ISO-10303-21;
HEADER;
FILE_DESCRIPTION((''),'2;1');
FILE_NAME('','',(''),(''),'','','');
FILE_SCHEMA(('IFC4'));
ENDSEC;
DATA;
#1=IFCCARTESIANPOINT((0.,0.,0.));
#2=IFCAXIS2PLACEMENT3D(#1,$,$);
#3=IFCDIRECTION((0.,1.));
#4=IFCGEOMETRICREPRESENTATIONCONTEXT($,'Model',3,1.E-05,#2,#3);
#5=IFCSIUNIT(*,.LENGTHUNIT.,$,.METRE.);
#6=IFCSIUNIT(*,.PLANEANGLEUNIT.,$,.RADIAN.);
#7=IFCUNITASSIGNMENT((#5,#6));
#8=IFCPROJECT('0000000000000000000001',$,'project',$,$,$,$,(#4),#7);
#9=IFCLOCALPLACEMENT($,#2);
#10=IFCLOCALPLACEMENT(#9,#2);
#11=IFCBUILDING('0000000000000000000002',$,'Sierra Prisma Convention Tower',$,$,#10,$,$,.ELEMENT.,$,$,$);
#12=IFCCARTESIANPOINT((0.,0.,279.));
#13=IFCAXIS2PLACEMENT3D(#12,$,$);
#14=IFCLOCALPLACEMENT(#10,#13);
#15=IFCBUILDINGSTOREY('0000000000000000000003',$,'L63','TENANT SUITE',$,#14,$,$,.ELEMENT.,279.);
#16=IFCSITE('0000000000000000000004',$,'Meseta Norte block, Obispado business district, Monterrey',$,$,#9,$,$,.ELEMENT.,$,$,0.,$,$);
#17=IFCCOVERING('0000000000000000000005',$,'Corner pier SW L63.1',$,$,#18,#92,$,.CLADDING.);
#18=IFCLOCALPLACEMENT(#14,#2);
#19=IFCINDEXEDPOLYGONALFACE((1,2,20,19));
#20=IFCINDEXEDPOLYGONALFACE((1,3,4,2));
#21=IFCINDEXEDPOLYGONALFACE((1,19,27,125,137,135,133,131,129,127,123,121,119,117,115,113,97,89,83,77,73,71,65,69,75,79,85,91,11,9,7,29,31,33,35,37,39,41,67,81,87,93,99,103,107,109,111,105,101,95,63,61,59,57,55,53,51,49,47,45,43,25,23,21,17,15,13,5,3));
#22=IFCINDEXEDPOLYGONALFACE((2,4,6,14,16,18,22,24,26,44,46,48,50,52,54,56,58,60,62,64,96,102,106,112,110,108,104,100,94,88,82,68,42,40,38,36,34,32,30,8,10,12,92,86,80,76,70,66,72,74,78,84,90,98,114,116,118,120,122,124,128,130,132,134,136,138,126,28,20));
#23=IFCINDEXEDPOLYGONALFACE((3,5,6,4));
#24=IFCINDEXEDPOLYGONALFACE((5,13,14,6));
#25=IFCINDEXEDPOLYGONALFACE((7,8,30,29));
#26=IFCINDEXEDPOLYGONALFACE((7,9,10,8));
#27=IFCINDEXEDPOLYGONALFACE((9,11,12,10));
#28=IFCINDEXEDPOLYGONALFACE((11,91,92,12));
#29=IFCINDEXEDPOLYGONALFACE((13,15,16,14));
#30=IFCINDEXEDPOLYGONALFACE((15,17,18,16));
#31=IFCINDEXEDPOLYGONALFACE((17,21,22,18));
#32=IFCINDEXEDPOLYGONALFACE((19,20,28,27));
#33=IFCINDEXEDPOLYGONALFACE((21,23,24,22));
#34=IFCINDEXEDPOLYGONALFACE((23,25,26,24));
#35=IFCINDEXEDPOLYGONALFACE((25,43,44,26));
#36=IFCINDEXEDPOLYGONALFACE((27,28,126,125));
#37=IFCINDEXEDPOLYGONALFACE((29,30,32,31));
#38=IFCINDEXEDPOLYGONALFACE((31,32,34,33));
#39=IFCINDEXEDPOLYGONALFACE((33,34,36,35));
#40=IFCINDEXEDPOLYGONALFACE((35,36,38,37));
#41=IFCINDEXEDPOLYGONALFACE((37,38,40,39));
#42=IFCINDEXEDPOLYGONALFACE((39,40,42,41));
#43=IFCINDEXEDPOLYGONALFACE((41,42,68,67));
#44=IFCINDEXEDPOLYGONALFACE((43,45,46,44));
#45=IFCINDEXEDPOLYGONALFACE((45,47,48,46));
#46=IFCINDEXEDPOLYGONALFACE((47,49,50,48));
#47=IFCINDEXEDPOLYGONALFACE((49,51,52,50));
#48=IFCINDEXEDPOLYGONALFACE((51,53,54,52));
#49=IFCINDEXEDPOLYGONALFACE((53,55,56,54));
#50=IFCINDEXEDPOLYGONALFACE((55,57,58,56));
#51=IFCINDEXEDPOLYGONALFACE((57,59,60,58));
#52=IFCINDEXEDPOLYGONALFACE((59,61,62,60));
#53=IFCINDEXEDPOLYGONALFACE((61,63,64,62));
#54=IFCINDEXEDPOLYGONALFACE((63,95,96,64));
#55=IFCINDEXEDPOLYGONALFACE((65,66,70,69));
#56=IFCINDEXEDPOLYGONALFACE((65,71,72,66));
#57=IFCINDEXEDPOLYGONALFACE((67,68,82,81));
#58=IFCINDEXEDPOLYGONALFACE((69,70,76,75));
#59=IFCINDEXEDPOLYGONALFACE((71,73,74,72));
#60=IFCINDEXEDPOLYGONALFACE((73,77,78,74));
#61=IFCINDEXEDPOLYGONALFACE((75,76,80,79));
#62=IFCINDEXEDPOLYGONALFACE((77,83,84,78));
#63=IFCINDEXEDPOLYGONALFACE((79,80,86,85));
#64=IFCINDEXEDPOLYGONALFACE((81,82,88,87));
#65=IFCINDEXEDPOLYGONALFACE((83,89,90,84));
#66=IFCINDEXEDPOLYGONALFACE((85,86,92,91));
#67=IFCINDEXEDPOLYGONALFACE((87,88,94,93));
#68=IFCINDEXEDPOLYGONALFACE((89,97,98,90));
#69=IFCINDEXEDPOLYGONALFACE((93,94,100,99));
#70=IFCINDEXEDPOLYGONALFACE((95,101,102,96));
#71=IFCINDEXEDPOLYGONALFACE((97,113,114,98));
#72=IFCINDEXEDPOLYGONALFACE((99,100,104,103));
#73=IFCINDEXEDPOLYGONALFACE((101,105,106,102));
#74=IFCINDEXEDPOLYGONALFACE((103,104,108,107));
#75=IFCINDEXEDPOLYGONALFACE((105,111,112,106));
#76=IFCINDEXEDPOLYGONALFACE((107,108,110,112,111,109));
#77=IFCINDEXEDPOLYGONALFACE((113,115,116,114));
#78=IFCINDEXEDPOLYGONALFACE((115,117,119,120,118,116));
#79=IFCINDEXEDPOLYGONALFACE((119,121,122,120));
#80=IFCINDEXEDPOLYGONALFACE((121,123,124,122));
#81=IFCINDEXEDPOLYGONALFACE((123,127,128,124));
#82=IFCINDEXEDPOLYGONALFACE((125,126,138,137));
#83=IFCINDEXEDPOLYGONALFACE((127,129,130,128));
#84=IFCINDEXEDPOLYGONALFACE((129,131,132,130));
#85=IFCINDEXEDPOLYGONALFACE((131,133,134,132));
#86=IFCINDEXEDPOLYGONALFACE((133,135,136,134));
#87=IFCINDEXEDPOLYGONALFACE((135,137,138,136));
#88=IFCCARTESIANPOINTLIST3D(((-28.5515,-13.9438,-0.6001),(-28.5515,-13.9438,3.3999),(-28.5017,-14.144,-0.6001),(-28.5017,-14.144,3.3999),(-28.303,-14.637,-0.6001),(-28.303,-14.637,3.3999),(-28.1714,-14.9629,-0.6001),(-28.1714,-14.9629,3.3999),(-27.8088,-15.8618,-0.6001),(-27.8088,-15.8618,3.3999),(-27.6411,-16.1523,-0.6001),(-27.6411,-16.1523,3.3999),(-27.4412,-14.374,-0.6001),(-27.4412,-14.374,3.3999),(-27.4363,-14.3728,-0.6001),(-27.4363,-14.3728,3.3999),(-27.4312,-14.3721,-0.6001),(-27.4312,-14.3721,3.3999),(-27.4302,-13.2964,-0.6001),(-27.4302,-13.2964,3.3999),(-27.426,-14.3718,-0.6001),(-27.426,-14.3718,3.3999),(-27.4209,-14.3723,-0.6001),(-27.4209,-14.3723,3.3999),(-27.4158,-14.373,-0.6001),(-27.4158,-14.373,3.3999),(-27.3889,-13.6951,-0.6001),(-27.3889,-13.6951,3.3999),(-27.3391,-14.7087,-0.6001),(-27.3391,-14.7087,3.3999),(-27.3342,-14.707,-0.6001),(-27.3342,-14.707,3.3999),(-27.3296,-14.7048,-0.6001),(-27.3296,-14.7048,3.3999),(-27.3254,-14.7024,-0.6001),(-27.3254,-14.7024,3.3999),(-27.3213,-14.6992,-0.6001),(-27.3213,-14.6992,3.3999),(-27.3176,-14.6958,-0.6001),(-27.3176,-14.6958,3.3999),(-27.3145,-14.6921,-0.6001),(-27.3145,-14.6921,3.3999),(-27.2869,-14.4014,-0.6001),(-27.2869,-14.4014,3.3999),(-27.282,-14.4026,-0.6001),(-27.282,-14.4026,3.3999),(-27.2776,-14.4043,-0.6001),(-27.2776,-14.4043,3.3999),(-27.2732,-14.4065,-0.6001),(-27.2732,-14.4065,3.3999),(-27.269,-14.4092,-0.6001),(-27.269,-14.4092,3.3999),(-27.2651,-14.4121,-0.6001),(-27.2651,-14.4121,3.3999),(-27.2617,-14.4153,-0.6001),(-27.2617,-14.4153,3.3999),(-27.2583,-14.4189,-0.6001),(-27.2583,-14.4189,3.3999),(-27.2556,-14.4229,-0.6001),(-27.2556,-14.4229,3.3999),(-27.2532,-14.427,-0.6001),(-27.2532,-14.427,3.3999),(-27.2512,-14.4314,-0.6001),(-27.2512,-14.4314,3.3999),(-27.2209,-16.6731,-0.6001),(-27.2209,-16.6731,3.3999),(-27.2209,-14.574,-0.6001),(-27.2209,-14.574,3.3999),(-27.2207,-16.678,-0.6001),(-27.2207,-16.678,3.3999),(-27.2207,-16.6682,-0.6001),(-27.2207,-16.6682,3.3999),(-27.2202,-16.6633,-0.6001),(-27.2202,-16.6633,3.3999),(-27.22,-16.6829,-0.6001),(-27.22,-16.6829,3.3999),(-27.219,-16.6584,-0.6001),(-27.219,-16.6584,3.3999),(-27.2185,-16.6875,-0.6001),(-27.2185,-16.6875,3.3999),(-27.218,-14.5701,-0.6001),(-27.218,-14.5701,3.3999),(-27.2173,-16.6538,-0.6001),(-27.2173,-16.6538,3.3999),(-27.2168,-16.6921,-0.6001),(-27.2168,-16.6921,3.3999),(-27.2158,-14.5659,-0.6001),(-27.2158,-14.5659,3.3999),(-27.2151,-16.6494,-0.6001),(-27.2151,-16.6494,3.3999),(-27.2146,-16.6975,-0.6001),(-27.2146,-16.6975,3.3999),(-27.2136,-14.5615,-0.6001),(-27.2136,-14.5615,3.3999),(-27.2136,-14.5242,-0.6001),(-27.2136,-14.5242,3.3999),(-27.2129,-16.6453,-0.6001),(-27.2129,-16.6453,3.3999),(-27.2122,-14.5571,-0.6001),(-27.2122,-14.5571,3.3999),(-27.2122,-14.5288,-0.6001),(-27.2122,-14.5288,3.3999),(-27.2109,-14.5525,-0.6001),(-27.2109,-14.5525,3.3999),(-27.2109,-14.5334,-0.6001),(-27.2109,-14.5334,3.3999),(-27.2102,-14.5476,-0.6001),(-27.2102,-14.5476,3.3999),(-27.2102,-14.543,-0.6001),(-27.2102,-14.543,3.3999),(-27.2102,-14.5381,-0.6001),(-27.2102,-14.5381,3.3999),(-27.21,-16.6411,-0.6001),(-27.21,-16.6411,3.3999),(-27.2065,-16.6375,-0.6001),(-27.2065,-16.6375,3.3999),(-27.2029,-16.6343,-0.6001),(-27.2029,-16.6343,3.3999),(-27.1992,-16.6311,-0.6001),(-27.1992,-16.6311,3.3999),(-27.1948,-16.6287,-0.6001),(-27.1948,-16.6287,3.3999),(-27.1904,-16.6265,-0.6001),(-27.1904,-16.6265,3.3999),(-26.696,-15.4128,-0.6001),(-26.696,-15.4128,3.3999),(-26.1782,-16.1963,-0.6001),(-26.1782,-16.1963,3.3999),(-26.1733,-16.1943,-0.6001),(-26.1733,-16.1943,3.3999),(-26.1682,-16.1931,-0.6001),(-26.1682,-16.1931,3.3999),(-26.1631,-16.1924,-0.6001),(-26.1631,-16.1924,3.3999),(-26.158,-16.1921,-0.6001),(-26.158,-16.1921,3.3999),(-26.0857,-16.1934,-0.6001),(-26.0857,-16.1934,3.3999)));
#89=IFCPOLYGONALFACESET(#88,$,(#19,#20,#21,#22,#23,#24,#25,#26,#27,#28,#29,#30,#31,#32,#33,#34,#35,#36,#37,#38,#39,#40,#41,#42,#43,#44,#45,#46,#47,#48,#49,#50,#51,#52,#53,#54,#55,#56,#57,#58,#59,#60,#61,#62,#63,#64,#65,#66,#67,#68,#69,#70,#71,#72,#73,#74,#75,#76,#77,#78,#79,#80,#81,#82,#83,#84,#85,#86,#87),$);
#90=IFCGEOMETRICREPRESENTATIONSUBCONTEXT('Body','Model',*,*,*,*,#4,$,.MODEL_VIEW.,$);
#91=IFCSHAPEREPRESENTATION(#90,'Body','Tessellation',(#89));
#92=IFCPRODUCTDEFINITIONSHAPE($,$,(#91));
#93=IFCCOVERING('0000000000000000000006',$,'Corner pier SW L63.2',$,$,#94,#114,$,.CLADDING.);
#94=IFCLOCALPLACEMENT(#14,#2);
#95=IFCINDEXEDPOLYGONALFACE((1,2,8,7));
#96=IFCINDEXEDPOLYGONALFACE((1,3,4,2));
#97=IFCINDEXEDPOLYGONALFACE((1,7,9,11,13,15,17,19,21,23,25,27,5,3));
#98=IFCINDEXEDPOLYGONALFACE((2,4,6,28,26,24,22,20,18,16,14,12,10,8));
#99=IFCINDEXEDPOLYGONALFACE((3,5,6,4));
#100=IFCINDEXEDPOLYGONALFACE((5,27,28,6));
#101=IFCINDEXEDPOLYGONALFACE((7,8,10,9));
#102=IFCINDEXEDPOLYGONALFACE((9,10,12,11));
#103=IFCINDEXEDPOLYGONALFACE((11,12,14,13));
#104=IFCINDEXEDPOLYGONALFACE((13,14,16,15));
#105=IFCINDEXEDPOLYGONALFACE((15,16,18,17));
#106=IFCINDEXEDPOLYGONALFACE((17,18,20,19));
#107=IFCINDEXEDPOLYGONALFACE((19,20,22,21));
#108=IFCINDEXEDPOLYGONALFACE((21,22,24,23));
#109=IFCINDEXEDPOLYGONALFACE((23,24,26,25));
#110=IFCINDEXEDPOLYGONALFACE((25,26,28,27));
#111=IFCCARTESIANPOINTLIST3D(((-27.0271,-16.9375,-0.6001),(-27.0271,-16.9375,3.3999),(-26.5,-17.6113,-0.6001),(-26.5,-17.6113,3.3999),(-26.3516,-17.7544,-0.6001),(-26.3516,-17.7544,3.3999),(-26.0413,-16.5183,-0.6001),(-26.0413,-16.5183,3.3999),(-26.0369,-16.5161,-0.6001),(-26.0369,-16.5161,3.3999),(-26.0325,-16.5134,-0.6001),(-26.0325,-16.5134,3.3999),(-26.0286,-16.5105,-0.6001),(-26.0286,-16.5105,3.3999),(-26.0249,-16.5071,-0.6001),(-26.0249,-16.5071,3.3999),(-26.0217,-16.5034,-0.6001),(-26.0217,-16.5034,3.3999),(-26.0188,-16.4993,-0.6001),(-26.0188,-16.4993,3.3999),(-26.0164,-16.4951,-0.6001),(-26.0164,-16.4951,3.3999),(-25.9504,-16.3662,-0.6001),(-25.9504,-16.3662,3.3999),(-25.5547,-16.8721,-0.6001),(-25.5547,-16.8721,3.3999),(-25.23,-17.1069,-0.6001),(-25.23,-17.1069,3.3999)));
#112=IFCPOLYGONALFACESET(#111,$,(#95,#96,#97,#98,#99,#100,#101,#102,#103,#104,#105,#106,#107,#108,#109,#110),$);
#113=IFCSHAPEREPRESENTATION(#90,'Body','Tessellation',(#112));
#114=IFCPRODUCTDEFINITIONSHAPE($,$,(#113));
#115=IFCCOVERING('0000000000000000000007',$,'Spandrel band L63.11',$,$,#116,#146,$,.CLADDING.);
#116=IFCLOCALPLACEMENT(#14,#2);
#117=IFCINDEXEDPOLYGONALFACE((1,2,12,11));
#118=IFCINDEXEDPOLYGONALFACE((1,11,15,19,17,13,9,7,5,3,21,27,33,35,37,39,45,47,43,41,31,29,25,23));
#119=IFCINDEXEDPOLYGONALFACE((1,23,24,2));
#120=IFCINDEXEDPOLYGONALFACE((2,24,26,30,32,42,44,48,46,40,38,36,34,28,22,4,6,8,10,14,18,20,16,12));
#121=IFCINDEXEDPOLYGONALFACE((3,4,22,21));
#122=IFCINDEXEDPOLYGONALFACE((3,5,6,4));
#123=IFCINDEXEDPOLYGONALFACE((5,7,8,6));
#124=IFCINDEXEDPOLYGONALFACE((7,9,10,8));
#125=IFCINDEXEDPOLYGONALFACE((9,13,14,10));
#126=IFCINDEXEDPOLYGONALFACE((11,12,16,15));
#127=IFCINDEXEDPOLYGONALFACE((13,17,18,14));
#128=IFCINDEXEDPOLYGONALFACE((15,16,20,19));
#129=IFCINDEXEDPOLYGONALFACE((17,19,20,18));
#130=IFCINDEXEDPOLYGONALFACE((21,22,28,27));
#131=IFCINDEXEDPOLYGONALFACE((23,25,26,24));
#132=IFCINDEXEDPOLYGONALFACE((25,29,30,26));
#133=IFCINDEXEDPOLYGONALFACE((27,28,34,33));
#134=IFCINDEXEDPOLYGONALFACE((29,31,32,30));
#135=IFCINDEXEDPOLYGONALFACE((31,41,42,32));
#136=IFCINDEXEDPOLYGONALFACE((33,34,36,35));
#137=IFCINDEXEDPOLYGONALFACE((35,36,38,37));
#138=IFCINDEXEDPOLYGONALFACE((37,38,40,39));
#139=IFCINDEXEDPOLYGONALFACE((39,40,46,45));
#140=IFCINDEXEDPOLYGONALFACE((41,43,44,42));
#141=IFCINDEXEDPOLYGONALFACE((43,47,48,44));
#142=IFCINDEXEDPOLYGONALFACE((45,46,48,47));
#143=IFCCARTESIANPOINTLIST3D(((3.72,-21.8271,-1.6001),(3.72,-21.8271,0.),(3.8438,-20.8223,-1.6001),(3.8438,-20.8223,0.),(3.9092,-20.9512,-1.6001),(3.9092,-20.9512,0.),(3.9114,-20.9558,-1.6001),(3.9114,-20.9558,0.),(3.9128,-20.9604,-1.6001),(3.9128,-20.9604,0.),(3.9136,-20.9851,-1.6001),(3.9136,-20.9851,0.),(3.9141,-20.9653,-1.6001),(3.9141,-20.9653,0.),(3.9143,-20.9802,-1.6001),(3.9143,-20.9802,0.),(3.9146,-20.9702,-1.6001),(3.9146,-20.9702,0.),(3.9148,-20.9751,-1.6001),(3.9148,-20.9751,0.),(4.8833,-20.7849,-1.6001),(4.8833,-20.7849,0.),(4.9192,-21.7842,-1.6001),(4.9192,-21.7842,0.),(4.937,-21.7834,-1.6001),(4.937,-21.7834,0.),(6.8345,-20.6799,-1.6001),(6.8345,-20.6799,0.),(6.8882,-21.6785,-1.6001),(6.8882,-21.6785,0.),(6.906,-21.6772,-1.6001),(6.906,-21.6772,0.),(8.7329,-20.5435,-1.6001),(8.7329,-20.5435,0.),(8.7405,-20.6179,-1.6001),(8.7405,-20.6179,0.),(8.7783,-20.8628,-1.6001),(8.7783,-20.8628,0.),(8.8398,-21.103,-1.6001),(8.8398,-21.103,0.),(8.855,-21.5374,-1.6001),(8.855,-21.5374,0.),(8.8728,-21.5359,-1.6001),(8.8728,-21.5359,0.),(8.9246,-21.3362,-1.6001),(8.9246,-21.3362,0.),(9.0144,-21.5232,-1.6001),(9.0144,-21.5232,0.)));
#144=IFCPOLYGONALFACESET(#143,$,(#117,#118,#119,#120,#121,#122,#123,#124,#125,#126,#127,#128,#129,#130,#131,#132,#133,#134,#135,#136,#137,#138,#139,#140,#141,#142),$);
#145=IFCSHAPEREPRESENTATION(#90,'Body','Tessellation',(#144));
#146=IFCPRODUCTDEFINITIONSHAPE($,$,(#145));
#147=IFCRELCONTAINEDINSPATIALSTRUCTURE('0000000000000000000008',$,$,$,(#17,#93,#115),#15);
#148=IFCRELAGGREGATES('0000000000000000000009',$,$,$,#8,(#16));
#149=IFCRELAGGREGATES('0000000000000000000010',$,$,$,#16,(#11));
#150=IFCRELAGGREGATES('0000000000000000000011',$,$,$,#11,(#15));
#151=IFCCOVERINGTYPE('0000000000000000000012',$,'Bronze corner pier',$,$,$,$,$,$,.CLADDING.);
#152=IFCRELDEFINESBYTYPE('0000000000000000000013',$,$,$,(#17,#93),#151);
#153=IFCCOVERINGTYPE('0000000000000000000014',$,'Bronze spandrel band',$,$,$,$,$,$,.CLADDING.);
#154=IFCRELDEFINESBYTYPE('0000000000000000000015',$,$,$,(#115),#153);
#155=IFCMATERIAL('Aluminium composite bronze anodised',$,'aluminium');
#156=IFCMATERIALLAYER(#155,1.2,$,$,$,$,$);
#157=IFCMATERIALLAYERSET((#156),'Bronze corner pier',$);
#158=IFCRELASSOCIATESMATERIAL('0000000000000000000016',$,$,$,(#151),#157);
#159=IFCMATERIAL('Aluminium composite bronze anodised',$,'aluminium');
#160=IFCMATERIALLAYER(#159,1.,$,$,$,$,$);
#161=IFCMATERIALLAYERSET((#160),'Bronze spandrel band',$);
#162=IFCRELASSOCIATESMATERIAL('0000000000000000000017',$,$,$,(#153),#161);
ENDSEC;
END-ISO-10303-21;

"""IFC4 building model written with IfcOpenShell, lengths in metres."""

from ifc_helpers import new_model, si_unit, direction, frame, origin, place, context, subcontext, project, spatial, polyline, outline, extrude, material, layer, layer_set, type_object, element, save


model = new_model("IFC4")

# Units and contexts
model_context = context("Model", 3, precision=1e-05, world=origin(), true_north=direction((0.0, 1.0)))
body_context = subcontext(model_context, "Body", "Model", "MODEL_VIEW")
ifc_project = project(units=[si_unit("LENGTHUNIT", "METRE"), si_unit("PLANEANGLEUNIT", "RADIAN")], contexts=[model_context])

# Site, building, storey
site_placement = place(None, origin())
site = spatial("IfcSite", under=ifc_project, at=site_placement, Name="Meseta Norte block, Obispado business district, Monterrey", CompositionType="ELEMENT", RefElevation=0.0)
building_placement = place(site_placement, origin())
building = spatial("IfcBuilding", under=site, at=building_placement, Name="Sierra Prisma Convention Tower", CompositionType="ELEMENT")
storey_placement = place(building_placement, frame((0.0, 0.0, 279.0)))
storey = spatial("IfcBuildingStorey", under=building, at=storey_placement, Name="L63", Description="TENANT SUITE", CompositionType="ELEMENT", Elevation=279.0)

# Coverings
ifc_material_1 = material(Name="Aluminium composite bronze anodised", Category="aluminium")
ifc_layer_1 = layer(ifc_material_1, 1.2)
ifc_layer_set_1 = layer_set([ifc_layer_1], Name="Bronze corner pier")
covering_type_1 = type_object("IfcCoveringType", Name="Bronze corner pier", PredefinedType="CLADDING", material=ifc_layer_set_1)
covering_1_placement = place(storey_placement, frame((0.0, 0.0, -0.6001)))
element("IfcCovering", 1, at=covering_1_placement, inside=storey, type_object=covering_type_1, Name="Corner pier SW L63.1", PredefinedType="CLADDING", context=body_context, shape_type="SweptSolid", body=[
    extrude(outline(polyline([(-27.2136, -14.5615), (-27.2122, -14.5571), (-27.2109, -14.5525), (-27.2102, -14.5476), (-27.2102, -14.543), (-27.2102, -14.5381), (-27.2109, -14.5334), (-27.2122, -14.5288), (-27.2136, -14.5242), (-27.2512, -14.4314), (-27.2532, -14.427), (-27.2556, -14.4229), (-27.2583, -14.4189), (-27.2617, -14.4153), (-27.2651, -14.4121), (-27.269, -14.4092), (-27.2732, -14.4065), (-27.2776, -14.4043), (-27.282, -14.4026), (-27.2869, -14.4014), (-27.4158, -14.373), (-27.4209, -14.3723), (-27.426, -14.3718), (-27.4312, -14.3721), (-27.4363, -14.3728), (-27.4412, -14.374), (-28.303, -14.637), (-28.5017, -14.144), (-28.5515, -13.9438), (-27.4302, -13.2964), (-27.3889, -13.6951), (-26.696, -15.4128), (-26.0857, -16.1934), (-26.158, -16.1921), (-26.1631, -16.1924), (-26.1682, -16.1931), (-26.1733, -16.1943), (-26.1782, -16.1963), (-27.1904, -16.6265), (-27.1948, -16.6287), (-27.1992, -16.6311), (-27.2029, -16.6343), (-27.2065, -16.6375), (-27.21, -16.6411), (-27.2129, -16.6453), (-27.2151, -16.6494), (-27.2173, -16.6538), (-27.219, -16.6584), (-27.2202, -16.6633), (-27.2207, -16.6682), (-27.2209, -16.6731), (-27.2207, -16.678), (-27.22, -16.6829), (-27.2185, -16.6875), (-27.2168, -16.6921), (-27.2146, -16.6975), (-27.6411, -16.1523), (-27.8088, -15.8618), (-28.1714, -14.9629), (-27.3391, -14.7087), (-27.3342, -14.707), (-27.3296, -14.7048), (-27.3254, -14.7024), (-27.3213, -14.6992), (-27.3176, -14.6958), (-27.3145, -14.6921), (-27.2209, -14.574), (-27.218, -14.5701), (-27.2158, -14.5659), (-27.2136, -14.5615)])), origin(), (0.0, 0.0, 1.0), 4.0),
])
covering_2_placement = place(storey_placement, frame((0.0, 0.0, -0.6001)))
element("IfcCovering", 2, at=covering_2_placement, inside=storey, type_object=covering_type_1, Name="Corner pier SW L63.2", PredefinedType="CLADDING", context=body_context, shape_type="SweptSolid", body=[
    extrude(outline(polyline([(-25.23, -17.1069), (-26.3516, -17.7544), (-26.5, -17.6113), (-27.0271, -16.9375), (-26.0413, -16.5183), (-26.0369, -16.5161), (-26.0325, -16.5134), (-26.0286, -16.5105), (-26.0249, -16.5071), (-26.0217, -16.5034), (-26.0188, -16.4993), (-26.0164, -16.4951), (-25.9504, -16.3662), (-25.5547, -16.8721), (-25.23, -17.1069)])), origin(), (0.0, 0.0, 1.0), 4.0),
])
ifc_material_2 = material(Name="Aluminium composite bronze anodised", Category="aluminium")
ifc_layer_2 = layer(ifc_material_2, 1.0)
ifc_layer_set_2 = layer_set([ifc_layer_2], Name="Bronze spandrel band")
covering_type_2 = type_object("IfcCoveringType", Name="Bronze spandrel band", PredefinedType="CLADDING", material=ifc_layer_set_2)
covering_3_placement = place(storey_placement, frame((0.0, 0.0, -1.6001)))
element("IfcCovering", 3, at=covering_3_placement, inside=storey, type_object=covering_type_2, Name="Spandrel band L63.11", PredefinedType="CLADDING", context=body_context, shape_type="SweptSolid", body=[
    extrude(outline(polyline([(3.9092, -20.9512), (3.8438, -20.8223), (4.8833, -20.7849), (6.8345, -20.6799), (8.7329, -20.5435), (8.7405, -20.6179), (8.7783, -20.8628), (8.8398, -21.103), (8.9246, -21.3362), (9.0144, -21.5232), (8.8728, -21.5359), (8.855, -21.5374), (6.906, -21.6772), (6.8882, -21.6785), (4.937, -21.7834), (4.9192, -21.7842), (3.72, -21.8271), (3.9136, -20.9851), (3.9143, -20.9802), (3.9148, -20.9751), (3.9146, -20.9702), (3.9141, -20.9653), (3.9128, -20.9604), (3.9114, -20.9558), (3.9092, -20.9512)])), origin(), (0.0, 0.0, 1.0), 1.6001),
])

save(model, "model.ifc")
